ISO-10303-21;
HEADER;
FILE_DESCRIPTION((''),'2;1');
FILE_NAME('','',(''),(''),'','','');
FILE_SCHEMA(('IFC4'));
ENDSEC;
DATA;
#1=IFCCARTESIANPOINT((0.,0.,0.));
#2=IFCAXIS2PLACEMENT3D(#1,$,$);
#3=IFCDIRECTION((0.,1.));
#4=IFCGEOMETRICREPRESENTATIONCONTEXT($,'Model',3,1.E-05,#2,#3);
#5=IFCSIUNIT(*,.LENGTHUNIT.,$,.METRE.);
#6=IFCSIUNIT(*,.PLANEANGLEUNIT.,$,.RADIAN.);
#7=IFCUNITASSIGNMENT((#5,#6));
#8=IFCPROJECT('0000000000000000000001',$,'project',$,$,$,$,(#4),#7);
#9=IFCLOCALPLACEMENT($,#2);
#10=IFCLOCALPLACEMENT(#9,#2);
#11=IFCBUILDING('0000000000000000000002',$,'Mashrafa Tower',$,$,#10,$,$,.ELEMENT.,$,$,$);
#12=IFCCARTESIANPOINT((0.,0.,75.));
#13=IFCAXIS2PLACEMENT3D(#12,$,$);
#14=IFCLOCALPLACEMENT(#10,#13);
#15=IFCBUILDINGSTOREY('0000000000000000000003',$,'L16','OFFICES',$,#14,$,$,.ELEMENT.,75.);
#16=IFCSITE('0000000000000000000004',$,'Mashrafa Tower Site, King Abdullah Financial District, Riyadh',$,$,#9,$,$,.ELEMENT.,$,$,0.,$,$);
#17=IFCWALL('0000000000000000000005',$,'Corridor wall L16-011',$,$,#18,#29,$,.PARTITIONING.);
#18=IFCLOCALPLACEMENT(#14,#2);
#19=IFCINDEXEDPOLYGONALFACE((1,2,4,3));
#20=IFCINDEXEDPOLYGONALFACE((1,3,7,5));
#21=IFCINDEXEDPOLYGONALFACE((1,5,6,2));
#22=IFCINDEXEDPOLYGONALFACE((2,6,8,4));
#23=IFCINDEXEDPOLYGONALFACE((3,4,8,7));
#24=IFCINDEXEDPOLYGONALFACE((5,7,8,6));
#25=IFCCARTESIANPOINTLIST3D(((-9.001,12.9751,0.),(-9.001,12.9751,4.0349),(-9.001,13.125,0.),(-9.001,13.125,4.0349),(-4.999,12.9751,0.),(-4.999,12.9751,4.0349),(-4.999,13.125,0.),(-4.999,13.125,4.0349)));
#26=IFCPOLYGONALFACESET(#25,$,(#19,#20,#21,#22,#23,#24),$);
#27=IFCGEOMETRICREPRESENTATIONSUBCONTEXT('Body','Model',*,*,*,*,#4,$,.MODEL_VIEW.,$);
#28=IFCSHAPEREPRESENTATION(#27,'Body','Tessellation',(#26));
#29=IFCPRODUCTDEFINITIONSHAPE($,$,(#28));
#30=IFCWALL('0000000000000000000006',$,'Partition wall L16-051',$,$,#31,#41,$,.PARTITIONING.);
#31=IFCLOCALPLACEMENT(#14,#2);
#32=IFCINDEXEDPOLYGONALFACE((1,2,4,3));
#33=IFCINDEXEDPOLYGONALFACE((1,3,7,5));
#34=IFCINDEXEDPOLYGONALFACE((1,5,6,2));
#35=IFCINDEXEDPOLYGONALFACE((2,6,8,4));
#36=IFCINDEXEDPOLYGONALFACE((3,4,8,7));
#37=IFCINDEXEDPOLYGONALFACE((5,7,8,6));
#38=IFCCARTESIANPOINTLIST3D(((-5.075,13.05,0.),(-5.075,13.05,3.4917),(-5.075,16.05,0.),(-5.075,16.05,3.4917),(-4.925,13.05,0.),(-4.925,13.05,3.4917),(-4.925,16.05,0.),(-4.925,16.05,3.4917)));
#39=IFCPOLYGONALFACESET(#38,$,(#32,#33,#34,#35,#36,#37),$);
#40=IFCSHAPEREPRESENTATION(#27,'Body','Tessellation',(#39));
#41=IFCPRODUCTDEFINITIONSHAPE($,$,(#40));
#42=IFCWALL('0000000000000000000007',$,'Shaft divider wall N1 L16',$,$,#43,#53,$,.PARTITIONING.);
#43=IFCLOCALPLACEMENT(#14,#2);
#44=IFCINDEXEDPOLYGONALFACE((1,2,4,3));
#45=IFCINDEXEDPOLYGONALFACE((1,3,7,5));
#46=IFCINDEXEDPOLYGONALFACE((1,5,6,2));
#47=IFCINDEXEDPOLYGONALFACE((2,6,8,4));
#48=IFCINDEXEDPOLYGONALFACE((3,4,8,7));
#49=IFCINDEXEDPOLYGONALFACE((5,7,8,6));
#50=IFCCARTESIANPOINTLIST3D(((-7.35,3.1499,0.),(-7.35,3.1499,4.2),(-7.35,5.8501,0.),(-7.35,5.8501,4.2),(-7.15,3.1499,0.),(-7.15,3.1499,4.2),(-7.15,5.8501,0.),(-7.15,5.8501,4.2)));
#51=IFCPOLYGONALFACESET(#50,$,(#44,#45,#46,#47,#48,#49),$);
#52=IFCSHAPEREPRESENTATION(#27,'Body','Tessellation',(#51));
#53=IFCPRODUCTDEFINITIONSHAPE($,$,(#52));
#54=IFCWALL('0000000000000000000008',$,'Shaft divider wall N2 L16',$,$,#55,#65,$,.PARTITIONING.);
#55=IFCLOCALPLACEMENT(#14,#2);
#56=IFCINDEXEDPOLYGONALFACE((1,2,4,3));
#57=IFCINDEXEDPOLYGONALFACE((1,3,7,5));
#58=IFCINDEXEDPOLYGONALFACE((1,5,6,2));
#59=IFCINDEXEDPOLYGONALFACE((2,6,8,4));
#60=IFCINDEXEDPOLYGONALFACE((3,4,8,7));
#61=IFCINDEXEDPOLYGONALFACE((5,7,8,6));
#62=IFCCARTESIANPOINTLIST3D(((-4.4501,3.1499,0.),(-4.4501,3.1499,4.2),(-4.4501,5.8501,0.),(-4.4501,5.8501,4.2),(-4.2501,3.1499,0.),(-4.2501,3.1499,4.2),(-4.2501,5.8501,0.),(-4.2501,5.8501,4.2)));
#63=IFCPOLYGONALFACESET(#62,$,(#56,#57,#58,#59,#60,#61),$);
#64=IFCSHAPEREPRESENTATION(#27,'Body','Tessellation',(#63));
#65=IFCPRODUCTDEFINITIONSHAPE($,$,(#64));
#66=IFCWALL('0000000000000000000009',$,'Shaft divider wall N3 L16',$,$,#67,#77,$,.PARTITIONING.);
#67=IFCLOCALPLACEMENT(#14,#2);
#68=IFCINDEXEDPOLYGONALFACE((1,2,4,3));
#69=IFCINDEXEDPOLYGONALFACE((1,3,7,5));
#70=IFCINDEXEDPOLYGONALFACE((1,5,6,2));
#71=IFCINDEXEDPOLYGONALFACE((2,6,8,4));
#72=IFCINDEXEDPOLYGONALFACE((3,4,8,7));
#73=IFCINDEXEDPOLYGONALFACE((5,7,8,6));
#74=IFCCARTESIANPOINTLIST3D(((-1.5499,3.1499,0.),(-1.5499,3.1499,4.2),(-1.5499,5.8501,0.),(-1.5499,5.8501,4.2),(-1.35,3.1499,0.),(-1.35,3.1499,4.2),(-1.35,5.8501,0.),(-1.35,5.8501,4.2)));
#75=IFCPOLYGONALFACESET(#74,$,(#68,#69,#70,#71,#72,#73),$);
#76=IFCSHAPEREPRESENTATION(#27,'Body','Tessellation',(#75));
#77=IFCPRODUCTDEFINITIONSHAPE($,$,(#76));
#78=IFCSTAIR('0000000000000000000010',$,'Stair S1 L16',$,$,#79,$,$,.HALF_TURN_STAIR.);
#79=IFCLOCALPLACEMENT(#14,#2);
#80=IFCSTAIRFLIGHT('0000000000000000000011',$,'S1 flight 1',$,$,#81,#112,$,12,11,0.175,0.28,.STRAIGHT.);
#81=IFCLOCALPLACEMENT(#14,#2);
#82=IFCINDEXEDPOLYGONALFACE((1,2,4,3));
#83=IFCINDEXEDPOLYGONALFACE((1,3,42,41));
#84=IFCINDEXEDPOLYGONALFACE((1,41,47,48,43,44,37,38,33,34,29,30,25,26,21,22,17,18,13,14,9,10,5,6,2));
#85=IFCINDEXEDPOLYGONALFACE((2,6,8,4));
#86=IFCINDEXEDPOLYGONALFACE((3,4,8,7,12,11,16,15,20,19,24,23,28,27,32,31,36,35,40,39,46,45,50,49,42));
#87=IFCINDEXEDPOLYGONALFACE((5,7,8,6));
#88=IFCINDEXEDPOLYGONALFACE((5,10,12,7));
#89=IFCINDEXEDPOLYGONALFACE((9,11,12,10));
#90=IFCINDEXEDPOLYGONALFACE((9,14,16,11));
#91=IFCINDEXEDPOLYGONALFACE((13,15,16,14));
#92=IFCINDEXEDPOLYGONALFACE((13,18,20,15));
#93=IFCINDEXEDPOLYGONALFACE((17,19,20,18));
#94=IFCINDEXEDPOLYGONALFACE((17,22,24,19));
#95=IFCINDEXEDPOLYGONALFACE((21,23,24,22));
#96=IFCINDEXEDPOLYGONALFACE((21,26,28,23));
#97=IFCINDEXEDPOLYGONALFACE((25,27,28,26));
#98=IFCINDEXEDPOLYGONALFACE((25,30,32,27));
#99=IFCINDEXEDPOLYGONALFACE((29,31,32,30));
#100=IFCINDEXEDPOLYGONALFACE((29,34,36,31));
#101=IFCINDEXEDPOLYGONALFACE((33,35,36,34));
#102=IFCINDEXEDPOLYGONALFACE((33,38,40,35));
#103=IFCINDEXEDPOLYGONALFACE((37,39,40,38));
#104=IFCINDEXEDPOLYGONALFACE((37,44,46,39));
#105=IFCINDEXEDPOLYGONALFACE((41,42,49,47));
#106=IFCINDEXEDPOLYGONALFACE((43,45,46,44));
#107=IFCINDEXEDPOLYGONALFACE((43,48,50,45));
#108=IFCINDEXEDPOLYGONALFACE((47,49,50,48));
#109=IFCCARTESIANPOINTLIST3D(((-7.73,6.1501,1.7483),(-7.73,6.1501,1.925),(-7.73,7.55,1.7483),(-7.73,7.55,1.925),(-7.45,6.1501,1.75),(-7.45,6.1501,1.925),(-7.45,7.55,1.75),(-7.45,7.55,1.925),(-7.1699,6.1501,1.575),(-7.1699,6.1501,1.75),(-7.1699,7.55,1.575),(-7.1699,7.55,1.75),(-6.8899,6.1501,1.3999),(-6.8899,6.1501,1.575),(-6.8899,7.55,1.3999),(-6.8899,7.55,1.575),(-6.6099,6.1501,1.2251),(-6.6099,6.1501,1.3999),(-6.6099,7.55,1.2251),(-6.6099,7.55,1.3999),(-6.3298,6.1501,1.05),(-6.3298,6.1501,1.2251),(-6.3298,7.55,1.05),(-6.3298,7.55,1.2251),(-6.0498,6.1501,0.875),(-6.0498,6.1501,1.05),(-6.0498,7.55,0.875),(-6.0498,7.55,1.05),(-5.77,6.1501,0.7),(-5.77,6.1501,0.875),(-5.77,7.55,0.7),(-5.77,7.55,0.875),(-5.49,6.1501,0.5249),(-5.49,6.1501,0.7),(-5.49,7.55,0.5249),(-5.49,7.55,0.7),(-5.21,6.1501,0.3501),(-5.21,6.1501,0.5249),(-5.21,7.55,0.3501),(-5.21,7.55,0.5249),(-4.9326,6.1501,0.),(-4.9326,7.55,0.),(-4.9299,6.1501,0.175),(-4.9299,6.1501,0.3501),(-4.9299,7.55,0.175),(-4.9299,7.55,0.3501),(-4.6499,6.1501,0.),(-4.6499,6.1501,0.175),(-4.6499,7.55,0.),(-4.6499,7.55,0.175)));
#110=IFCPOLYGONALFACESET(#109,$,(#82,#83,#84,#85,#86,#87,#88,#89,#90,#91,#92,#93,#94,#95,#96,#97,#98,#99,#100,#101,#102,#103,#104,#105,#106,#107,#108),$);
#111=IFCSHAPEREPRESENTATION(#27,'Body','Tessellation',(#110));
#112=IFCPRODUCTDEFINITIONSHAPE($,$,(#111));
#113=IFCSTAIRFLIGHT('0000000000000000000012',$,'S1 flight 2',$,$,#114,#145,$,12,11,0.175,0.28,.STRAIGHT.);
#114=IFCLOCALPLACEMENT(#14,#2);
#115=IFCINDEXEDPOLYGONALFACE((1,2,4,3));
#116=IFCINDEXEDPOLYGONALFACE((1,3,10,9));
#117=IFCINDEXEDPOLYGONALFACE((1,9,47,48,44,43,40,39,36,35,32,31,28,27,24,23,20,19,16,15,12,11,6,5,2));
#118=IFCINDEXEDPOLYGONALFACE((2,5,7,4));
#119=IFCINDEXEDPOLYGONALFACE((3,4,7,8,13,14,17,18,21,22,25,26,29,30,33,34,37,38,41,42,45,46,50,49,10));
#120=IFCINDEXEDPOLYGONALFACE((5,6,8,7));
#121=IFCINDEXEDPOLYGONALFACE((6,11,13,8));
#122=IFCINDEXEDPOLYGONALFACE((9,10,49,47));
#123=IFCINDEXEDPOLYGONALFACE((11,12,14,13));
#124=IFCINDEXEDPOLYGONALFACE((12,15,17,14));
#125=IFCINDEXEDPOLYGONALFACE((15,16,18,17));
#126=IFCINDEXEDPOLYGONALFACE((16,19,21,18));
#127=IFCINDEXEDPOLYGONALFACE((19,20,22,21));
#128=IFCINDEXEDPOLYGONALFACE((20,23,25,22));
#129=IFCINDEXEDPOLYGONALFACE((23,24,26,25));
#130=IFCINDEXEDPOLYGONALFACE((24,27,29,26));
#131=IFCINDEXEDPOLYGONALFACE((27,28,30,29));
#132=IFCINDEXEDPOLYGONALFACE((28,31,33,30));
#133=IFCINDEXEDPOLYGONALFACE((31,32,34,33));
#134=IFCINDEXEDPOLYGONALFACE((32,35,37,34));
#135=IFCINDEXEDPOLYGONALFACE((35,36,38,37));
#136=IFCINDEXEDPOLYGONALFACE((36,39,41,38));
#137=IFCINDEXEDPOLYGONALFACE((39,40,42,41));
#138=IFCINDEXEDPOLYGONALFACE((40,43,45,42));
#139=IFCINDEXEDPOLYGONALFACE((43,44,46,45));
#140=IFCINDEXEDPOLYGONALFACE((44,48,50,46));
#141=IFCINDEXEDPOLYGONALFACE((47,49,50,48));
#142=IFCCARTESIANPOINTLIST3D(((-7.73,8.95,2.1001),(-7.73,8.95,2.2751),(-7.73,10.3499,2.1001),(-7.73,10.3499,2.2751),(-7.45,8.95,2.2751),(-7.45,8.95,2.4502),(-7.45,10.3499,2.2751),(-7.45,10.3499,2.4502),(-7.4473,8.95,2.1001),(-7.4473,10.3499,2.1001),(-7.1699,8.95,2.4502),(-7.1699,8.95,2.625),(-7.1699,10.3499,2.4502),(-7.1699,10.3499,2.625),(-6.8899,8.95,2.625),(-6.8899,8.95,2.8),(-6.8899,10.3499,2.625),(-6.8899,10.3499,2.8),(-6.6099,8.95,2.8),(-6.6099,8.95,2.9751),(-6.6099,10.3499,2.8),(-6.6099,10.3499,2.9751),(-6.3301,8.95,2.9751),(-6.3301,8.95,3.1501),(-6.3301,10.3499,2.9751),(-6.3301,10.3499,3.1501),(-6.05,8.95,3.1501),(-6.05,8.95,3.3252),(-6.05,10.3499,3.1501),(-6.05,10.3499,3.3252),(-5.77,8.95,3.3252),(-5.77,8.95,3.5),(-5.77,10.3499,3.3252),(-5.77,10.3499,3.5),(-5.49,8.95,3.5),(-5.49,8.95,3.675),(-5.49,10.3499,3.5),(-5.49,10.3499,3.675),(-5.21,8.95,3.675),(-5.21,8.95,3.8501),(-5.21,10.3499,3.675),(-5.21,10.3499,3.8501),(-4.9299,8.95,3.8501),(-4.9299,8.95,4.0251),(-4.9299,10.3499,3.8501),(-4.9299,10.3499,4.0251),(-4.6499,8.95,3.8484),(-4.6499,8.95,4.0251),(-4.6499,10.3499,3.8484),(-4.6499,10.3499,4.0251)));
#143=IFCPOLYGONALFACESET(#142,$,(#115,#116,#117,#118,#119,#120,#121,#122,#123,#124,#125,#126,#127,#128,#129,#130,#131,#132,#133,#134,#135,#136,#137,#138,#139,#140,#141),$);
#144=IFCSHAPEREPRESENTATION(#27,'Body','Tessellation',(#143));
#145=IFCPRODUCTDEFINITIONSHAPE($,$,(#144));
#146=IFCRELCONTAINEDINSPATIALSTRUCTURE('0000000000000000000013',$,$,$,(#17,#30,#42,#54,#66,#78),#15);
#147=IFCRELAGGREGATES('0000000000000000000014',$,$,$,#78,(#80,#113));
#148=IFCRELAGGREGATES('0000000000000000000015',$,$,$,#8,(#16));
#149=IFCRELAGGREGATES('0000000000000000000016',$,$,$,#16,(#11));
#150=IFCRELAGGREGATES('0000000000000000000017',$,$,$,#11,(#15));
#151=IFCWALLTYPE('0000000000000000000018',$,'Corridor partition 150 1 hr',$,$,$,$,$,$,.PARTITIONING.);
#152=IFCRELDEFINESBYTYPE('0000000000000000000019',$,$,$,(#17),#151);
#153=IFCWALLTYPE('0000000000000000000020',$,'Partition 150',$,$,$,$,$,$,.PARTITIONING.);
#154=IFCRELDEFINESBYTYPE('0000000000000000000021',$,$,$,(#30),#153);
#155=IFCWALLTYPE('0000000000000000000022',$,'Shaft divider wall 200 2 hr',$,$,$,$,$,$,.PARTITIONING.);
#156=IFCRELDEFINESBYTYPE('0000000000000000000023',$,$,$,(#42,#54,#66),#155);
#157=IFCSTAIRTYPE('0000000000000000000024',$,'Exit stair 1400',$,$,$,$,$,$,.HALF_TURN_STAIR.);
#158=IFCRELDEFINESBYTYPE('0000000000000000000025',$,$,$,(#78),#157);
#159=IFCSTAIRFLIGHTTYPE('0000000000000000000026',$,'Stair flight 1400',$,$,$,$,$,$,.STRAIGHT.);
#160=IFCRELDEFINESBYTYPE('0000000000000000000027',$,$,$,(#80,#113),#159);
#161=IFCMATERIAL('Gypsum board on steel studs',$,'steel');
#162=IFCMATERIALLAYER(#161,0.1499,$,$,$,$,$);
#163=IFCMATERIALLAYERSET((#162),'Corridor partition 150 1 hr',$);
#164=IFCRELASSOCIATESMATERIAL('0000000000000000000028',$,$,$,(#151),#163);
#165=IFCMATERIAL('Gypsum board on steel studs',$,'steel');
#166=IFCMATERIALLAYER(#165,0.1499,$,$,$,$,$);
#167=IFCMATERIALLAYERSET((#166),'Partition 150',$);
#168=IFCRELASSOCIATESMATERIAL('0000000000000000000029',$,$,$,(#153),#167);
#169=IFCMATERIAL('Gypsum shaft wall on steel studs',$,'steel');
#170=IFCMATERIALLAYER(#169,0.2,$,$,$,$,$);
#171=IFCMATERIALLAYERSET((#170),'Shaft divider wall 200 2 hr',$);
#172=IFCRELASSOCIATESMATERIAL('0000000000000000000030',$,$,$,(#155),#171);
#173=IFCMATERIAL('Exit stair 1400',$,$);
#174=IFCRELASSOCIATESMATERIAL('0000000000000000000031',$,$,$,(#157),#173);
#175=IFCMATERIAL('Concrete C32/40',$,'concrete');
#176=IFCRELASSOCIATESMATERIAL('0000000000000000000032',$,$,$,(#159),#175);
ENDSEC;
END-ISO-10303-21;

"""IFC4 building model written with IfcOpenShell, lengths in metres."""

from ifc_helpers import new_model, si_unit, direction, frame, frame_2d, origin, place, context, subcontext, project, spatial, polyline, rectangle, outline, extrude, material, layer, layer_set, type_object, element, aggregate, save


model = new_model("IFC4")

# Units and contexts
model_context = context("Model", 3, precision=1e-05, world=origin(), true_north=direction((0.0, 1.0)))
body_context = subcontext(model_context, "Body", "Model", "MODEL_VIEW")
ifc_project = project(units=[si_unit("LENGTHUNIT", "METRE"), si_unit("PLANEANGLEUNIT", "RADIAN")], contexts=[model_context])

# Site, building, storey
site_placement = place(None, origin())
site = spatial("IfcSite", under=ifc_project, at=site_placement, Name="Mashrafa Tower Site, King Abdullah Financial District, Riyadh", CompositionType="ELEMENT", RefElevation=0.0)
building_placement = place(site_placement, origin())
building = spatial("IfcBuilding", under=site, at=building_placement, Name="Mashrafa Tower", CompositionType="ELEMENT")
storey_placement = place(building_placement, frame((0.0, 0.0, 75.0)))
storey = spatial("IfcBuildingStorey", under=building, at=storey_placement, Name="L16", Description="OFFICES", CompositionType="ELEMENT", Elevation=75.0)

# Walls
ifc_material_1 = material(Name="Gypsum board on steel studs", Category="steel")
ifc_layer_1 = layer(ifc_material_1, 0.1499)
ifc_layer_set_1 = layer_set([ifc_layer_1], Name="Corridor partition 150 1 hr")
wall_type_1 = type_object("IfcWallType", Name="Corridor partition 150 1 hr", PredefinedType="PARTITIONING", material=ifc_layer_set_1)
wall_1_placement = place(storey_placement, frame((-4.999, 13.05, 0.0), z_axis=(0.0, 0.0, 1.0), x_axis=(-1.0, 0.0, 0.0)))
element("IfcWall", 1, at=wall_1_placement, inside=storey, type_object=wall_type_1, Name="Corridor wall L16-011", PredefinedType="PARTITIONING", context=body_context, shape_type="SweptSolid", body=[
    extrude(rectangle(XDim=4.002, YDim=0.1499, at=frame_2d((2.001, 0.0))), origin(), (0.0, 0.0, 1.0), 4.0349),
])
ifc_material_2 = material(Name="Gypsum board on steel studs", Category="steel")
ifc_layer_2 = layer(ifc_material_2, 0.1499)
ifc_layer_set_2 = layer_set([ifc_layer_2], Name="Partition 150")
wall_type_2 = type_object("IfcWallType", Name="Partition 150", PredefinedType="PARTITIONING", material=ifc_layer_set_2)
wall_2_placement = place(storey_placement, frame((-5.0, 13.05, 0.0), z_axis=(0.0, 0.0, 1.0), x_axis=(0.0, 1.0, 0.0)))
element("IfcWall", 2, at=wall_2_placement, inside=storey, type_object=wall_type_2, Name="Partition wall L16-051", PredefinedType="PARTITIONING", context=body_context, shape_type="SweptSolid", body=[
    extrude(rectangle(XDim=3.0, YDim=0.1499, at=frame_2d((1.5, 0.0))), origin(), (0.0, 0.0, 1.0), 3.4917),
])
ifc_material_3 = material(Name="Gypsum shaft wall on steel studs", Category="steel")
ifc_layer_3 = layer(ifc_material_3, 0.2)
ifc_layer_set_3 = layer_set([ifc_layer_3], Name="Shaft divider wall 200 2 hr")
wall_type_3 = type_object("IfcWallType", Name="Shaft divider wall 200 2 hr", PredefinedType="PARTITIONING", material=ifc_layer_set_3)
for number, where, z_axis, x_axis, name in (
    (3, (-7.25, 3.1499, 0.0), (0.0, 0.0, 1.0), (0.0, 1.0, 0.0), "Shaft divider wall N1 L16"),
    (4, (-4.3501, 3.1499, 0.0), (0.0, 0.0, 1.0), (0.0, 1.0, 0.0), "Shaft divider wall N2 L16"),
    (5, (-1.45, 3.1499, 0.0), (0.0, 0.0, 1.0), (0.0, 1.0, 0.0), "Shaft divider wall N3 L16"),
):
    element("IfcWall", number, at=place(storey_placement, frame(where, z_axis=z_axis, x_axis=x_axis)), inside=storey, type_object=wall_type_3, Name=name, PredefinedType="PARTITIONING", context=body_context, shape_type="SweptSolid", body=[
        extrude(rectangle(XDim=2.7002, YDim=0.2, at=frame_2d((1.3501, 0.0))), origin(), (0.0, 0.0, 1.0), 4.2),
    ])

# Stair, stair flights
ifc_material_4 = material(Name="Exit stair 1400")
stair_type = type_object("IfcStairType", Name="Exit stair 1400", PredefinedType="HALF_TURN_STAIR", material=ifc_material_4)
stair_placement = place(storey_placement, origin())
stair = element("IfcStair", 6, at=stair_placement, inside=storey, type_object=stair_type, Name="Stair S1 L16", PredefinedType="HALF_TURN_STAIR")
ifc_material_5 = material(Name="Concrete C32/40", Category="concrete")
stair_flight_type = type_object("IfcStairFlightType", Name="Stair flight 1400", PredefinedType="STRAIGHT", material=ifc_material_5)
stair_flight_1_placement = place(storey_placement, frame((-4.6499, 6.8501, 0.0), z_axis=(0.0, 0.0, 1.0), x_axis=(-1.0, 0.0, 0.0)))
stair_flight_1 = element("IfcStairFlight", 7, at=stair_flight_1_placement, type_object=stair_flight_type, Name="S1 flight 1", NumberOfRisers=12, NumberOfTreads=11, PredefinedType="STRAIGHT", RiserHeight=0.175, TreadLength=0.28, context=body_context, shape_type="SweptSolid", body=[
    extrude(outline(polyline([(0.0, 0.0), (0.0, 0.175), (0.28, 0.175), (0.28, 0.3501), (0.5601, 0.3501), (0.5601, 0.5249), (0.8401, 0.5249), (0.8401, 0.7), (1.1201, 0.7), (1.1201, 0.875), (1.3999, 0.875), (1.3999, 1.05), (1.6799, 1.05), (1.6799, 1.2251), (1.96, 1.2251), (1.96, 1.3999), (2.24, 1.3999), (2.24, 1.575), (2.52, 1.575), (2.52, 1.75), (2.8, 1.75), (2.8, 1.925), (3.0801, 1.925), (3.0801, 2.1001), (3.0801, 1.7483), (0.2827, 0.0), (0.0, 0.0)])), frame((0.0, 0.7, 0.0), z_axis=(0.0, -1.0, 0.0), x_axis=(1.0, 0.0, 0.0)), (0.0, 0.0, 1.0), 1.3999),
])
stair_flight_2_placement = place(storey_placement, frame((-7.73, 9.6499, 2.1001), z_axis=(0.0, 0.0, 1.0), x_axis=(1.0, 0.0, 0.0)))
stair_flight_2 = element("IfcStairFlight", 8, at=stair_flight_2_placement, type_object=stair_flight_type, Name="S1 flight 2", NumberOfRisers=12, NumberOfTreads=11, PredefinedType="STRAIGHT", RiserHeight=0.175, TreadLength=0.28, context=body_context, shape_type="SweptSolid", body=[
    extrude(outline(polyline([(0.0, 0.0), (0.0, 0.175), (0.28, 0.175), (0.28, 0.3501), (0.5601, 0.3501), (0.5601, 0.5249), (0.8401, 0.5249), (0.8401, 0.7), (1.1201, 0.7), (1.1201, 0.875), (1.3999, 0.875), (1.3999, 1.05), (1.6799, 1.05), (1.6799, 1.2251), (1.96, 1.2251), (1.96, 1.3999), (2.24, 1.3999), (2.24, 1.575), (2.52, 1.575), (2.52, 1.75), (2.8, 1.75), (2.8, 1.925), (3.0801, 1.925), (3.0801, 2.1001), (3.0801, 1.7483), (0.2827, 0.0), (0.0, 0.0)])), frame((0.0, 0.7, 0.0), z_axis=(0.0, -1.0, 0.0), x_axis=(1.0, 0.0, 0.0)), (0.0, 0.0, 1.0), 1.3999),
])
aggregate(stair, [stair_flight_1, stair_flight_2])

save(model, "model.ifc")
